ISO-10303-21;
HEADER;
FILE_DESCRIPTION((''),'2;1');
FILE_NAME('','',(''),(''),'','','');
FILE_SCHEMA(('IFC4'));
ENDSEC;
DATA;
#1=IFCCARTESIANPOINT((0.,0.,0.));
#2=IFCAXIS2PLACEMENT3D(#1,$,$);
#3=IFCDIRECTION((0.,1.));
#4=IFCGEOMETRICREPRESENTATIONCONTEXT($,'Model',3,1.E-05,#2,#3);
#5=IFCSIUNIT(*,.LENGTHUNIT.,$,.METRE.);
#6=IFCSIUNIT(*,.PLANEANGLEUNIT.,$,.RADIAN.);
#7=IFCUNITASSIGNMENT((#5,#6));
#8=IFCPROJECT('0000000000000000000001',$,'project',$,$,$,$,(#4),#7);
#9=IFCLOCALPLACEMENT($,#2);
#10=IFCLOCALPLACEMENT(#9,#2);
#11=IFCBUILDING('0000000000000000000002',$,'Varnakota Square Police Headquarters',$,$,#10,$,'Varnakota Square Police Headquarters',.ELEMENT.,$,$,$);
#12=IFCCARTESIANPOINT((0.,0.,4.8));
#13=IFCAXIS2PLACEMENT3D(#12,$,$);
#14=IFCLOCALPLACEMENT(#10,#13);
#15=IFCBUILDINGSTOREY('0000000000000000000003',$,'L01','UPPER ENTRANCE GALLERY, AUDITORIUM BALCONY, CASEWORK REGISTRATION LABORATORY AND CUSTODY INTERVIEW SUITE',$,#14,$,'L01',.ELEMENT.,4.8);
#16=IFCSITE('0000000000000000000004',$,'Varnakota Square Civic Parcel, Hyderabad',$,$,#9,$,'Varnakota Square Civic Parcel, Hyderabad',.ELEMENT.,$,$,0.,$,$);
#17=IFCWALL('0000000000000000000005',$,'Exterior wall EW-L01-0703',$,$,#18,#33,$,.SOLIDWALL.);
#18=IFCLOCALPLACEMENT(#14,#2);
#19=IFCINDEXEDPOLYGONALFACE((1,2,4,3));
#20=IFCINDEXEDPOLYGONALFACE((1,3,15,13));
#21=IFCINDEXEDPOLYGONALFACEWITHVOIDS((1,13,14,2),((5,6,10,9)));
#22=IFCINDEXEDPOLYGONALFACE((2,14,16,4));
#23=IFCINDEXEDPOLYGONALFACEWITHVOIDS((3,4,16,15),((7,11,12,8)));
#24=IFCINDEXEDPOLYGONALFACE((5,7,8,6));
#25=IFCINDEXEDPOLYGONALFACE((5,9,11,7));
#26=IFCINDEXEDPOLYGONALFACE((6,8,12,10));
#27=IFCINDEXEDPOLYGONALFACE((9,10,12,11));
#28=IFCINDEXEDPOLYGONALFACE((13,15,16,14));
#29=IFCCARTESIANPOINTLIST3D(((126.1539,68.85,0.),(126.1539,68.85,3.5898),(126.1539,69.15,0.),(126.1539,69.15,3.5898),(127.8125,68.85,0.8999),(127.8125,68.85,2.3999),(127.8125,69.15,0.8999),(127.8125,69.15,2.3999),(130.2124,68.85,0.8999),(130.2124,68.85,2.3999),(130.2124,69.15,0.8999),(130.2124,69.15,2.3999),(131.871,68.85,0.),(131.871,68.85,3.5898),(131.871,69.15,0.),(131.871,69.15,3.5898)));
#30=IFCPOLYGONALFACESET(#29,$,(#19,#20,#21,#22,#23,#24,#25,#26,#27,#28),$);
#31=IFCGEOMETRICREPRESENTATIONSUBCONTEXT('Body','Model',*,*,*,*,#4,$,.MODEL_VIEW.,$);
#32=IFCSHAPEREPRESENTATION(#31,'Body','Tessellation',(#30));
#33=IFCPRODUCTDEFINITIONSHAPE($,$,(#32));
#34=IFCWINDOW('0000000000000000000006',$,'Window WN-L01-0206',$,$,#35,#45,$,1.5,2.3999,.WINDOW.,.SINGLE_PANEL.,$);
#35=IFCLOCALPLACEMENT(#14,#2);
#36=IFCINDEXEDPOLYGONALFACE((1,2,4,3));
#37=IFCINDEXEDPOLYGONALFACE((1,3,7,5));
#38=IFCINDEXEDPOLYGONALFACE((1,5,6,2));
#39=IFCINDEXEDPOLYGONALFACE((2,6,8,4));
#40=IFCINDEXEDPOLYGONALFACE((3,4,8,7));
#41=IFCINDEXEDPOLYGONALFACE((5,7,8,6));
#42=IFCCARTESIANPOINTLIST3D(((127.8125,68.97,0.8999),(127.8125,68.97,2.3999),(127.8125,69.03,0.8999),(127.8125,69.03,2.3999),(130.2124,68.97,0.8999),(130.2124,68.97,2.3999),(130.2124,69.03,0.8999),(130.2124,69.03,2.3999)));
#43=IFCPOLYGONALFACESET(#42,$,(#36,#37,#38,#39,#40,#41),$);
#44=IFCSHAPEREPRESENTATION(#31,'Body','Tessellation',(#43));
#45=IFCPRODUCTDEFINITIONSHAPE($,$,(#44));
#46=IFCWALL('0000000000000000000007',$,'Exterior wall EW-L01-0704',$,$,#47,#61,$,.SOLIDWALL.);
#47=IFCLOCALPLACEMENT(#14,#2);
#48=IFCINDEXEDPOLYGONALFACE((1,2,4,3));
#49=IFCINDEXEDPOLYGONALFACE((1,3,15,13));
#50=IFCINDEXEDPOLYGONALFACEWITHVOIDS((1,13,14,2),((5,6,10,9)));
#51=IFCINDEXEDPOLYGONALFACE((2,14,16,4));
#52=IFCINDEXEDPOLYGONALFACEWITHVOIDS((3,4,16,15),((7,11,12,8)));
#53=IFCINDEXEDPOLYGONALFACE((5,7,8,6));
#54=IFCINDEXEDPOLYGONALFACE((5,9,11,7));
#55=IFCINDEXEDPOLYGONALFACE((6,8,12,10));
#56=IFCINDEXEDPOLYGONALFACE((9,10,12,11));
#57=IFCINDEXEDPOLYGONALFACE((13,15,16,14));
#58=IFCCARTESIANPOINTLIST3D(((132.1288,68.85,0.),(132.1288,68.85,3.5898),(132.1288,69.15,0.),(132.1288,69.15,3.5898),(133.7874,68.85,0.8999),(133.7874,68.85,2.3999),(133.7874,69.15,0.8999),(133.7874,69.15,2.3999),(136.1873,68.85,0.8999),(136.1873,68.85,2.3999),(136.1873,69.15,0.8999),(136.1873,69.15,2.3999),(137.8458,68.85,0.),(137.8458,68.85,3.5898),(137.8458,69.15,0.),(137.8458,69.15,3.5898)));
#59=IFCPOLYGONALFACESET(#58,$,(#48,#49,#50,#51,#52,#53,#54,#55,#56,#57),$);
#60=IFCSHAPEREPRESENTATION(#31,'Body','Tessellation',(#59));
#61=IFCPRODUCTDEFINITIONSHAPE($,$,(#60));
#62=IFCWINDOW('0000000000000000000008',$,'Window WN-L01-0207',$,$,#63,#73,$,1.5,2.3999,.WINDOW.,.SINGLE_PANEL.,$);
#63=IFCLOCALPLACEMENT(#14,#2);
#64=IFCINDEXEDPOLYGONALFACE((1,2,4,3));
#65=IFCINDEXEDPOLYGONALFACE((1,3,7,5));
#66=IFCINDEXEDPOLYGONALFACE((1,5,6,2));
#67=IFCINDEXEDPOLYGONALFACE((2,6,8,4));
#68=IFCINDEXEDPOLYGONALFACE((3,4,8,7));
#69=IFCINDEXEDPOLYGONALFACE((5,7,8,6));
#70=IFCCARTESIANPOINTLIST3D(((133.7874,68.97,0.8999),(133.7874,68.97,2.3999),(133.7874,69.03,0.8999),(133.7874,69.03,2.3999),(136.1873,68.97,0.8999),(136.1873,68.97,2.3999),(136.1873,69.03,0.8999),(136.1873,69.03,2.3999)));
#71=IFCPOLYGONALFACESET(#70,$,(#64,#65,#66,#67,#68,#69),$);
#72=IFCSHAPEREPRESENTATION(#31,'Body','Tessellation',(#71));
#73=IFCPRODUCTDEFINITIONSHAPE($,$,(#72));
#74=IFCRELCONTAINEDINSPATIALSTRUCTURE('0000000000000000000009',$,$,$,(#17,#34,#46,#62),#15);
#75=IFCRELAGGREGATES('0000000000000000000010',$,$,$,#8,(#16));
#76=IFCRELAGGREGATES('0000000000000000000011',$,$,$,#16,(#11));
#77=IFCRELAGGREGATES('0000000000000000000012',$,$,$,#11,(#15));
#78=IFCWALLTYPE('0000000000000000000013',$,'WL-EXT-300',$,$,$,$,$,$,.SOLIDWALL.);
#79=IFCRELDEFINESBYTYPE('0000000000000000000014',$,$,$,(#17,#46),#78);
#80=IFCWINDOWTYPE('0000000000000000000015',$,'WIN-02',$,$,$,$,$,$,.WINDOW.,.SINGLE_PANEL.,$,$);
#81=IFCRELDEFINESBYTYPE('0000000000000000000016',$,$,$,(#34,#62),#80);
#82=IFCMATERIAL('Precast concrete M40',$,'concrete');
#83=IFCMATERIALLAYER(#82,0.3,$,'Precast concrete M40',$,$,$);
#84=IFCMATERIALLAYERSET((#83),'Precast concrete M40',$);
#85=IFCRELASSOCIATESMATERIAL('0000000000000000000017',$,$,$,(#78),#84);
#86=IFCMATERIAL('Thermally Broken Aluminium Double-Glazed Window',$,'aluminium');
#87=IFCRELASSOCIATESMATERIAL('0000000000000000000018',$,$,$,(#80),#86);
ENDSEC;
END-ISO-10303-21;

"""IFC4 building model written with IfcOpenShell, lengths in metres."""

from ifc_helpers import new_model, si_unit, direction, frame, frame_2d, origin, place, context, subcontext, project, spatial, rectangle, extrude, material, layer, layer_set, type_object, element, fill, save


model = new_model("IFC4")

# Units and contexts
model_context = context("Model", 3, precision=1e-05, world=origin(), true_north=direction((0.0, 1.0)))
body_context = subcontext(model_context, "Body", "Model", "MODEL_VIEW")
ifc_project = project(units=[si_unit("LENGTHUNIT", "METRE"), si_unit("PLANEANGLEUNIT", "RADIAN")], contexts=[model_context])

# Site, building, storey
site_placement = place(None, origin())
site = spatial("IfcSite", under=ifc_project, at=site_placement, Name="Varnakota Square Civic Parcel, Hyderabad", LongName="Varnakota Square Civic Parcel, Hyderabad", CompositionType="ELEMENT", RefElevation=0.0)
building_placement = place(site_placement, origin())
building = spatial("IfcBuilding", under=site, at=building_placement, Name="Varnakota Square Police Headquarters", LongName="Varnakota Square Police Headquarters", CompositionType="ELEMENT")
storey_placement = place(building_placement, frame((0.0, 0.0, 4.8)))
storey = spatial("IfcBuildingStorey", under=building, at=storey_placement, Name="L01", Description="UPPER ENTRANCE GALLERY, AUDITORIUM BALCONY, CASEWORK REGISTRATION LABORATORY AND CUSTODY INTERVIEW SUITE", LongName="L01", CompositionType="ELEMENT", Elevation=4.8)

# Walls, openings, windows
ifc_material_1 = material(Name="Precast concrete M40", Category="concrete")
ifc_layer = layer(ifc_material_1, 0.3, Name="Precast concrete M40")
ifc_layer_set = layer_set([ifc_layer], Name="Precast concrete M40")
wall_type = type_object("IfcWallType", Name="WL-EXT-300", PredefinedType="SOLIDWALL", material=ifc_layer_set)
wall_1_placement = place(storey_placement, frame((126.1541, 69.0, 0.0), z_axis=(0.0, 0.0, 1.0), x_axis=(1.0, 0.0, 0.0)))
wall_1 = element("IfcWall", 1, at=wall_1_placement, inside=storey, type_object=wall_type, Name="Exterior wall EW-L01-0703", PredefinedType="SOLIDWALL", context=body_context, shape_type="SweptSolid", body=[
    extrude(rectangle(XDim=5.717, YDim=0.3, at=frame_2d((2.8584, 0.0))), origin(), (0.0, 0.0, 1.0), 3.5898),
])
opening_1_placement = place(wall_1_placement, frame((1.6584, 0.0, 0.8999)))
opening_1 = element("IfcOpeningElement", 2, at=opening_1_placement, cuts=wall_1, PredefinedType="OPENING", context=body_context, shape_type="SweptSolid", body=[
    extrude(rectangle(XDim=2.3999, YDim=1.5, at=frame_2d((1.2, 0.75))), frame((0.0, 0.1599, 0.0), z_axis=(0.0, -1.0, 0.0), x_axis=(1.0, 0.0, 0.0)), (0.0, 0.0, 1.0), 0.3201),
])
ifc_material_2 = material(Name="Thermally Broken Aluminium Double-Glazed Window", Category="aluminium")
window_type = type_object("IfcWindowType", Name="WIN-02", PartitioningType="SINGLE_PANEL", PredefinedType="WINDOW", material=ifc_material_2)
window_1_placement = place(opening_1_placement, origin())
window_1 = element("IfcWindow", 3, at=window_1_placement, inside=storey, type_object=window_type, Name="Window WN-L01-0206", OverallHeight=1.5, OverallWidth=2.3999, PartitioningType="SINGLE_PANEL", PredefinedType="WINDOW", context=body_context, shape_type="SweptSolid", body=[
    extrude(rectangle(XDim=2.3999, YDim=1.5, at=frame_2d((1.2, 0.75))), frame((0.0, 0.03, 0.0), z_axis=(0.0, -1.0, 0.0), x_axis=(1.0, 0.0, 0.0)), (0.0, 0.0, 1.0), 0.0601),
])
fill(opening_1, window_1)
wall_2_placement = place(storey_placement, frame((132.1289, 69.0, 0.0), z_axis=(0.0, 0.0, 1.0), x_axis=(1.0, 0.0, 0.0)))
wall_2 = element("IfcWall", 4, at=wall_2_placement, inside=storey, type_object=wall_type, Name="Exterior wall EW-L01-0704", PredefinedType="SOLIDWALL", context=body_context, shape_type="SweptSolid", body=[
    extrude(rectangle(XDim=5.717, YDim=0.3, at=frame_2d((2.8584, 0.0))), origin(), (0.0, 0.0, 1.0), 3.5898),
])
opening_2_placement = place(wall_2_placement, frame((1.6584, 0.0, 0.8999)))
opening_2 = element("IfcOpeningElement", 5, at=opening_2_placement, cuts=wall_2, PredefinedType="OPENING", context=body_context, shape_type="SweptSolid", body=[
    extrude(rectangle(XDim=2.3999, YDim=1.5, at=frame_2d((1.2, 0.75))), frame((0.0, 0.1599, 0.0), z_axis=(0.0, -1.0, 0.0), x_axis=(1.0, 0.0, 0.0)), (0.0, 0.0, 1.0), 0.3201),
])
window_2_placement = place(opening_2_placement, origin())
window_2 = element("IfcWindow", 6, at=window_2_placement, inside=storey, type_object=window_type, Name="Window WN-L01-0207", OverallHeight=1.5, OverallWidth=2.3999, PartitioningType="SINGLE_PANEL", PredefinedType="WINDOW", context=body_context, shape_type="SweptSolid", body=[
    extrude(rectangle(XDim=2.3999, YDim=1.5, at=frame_2d((1.2, 0.75))), frame((0.0, 0.03, 0.0), z_axis=(0.0, -1.0, 0.0), x_axis=(1.0, 0.0, 0.0)), (0.0, 0.0, 1.0), 0.0601),
])
fill(opening_2, window_2)

save(model, "model.ifc")
